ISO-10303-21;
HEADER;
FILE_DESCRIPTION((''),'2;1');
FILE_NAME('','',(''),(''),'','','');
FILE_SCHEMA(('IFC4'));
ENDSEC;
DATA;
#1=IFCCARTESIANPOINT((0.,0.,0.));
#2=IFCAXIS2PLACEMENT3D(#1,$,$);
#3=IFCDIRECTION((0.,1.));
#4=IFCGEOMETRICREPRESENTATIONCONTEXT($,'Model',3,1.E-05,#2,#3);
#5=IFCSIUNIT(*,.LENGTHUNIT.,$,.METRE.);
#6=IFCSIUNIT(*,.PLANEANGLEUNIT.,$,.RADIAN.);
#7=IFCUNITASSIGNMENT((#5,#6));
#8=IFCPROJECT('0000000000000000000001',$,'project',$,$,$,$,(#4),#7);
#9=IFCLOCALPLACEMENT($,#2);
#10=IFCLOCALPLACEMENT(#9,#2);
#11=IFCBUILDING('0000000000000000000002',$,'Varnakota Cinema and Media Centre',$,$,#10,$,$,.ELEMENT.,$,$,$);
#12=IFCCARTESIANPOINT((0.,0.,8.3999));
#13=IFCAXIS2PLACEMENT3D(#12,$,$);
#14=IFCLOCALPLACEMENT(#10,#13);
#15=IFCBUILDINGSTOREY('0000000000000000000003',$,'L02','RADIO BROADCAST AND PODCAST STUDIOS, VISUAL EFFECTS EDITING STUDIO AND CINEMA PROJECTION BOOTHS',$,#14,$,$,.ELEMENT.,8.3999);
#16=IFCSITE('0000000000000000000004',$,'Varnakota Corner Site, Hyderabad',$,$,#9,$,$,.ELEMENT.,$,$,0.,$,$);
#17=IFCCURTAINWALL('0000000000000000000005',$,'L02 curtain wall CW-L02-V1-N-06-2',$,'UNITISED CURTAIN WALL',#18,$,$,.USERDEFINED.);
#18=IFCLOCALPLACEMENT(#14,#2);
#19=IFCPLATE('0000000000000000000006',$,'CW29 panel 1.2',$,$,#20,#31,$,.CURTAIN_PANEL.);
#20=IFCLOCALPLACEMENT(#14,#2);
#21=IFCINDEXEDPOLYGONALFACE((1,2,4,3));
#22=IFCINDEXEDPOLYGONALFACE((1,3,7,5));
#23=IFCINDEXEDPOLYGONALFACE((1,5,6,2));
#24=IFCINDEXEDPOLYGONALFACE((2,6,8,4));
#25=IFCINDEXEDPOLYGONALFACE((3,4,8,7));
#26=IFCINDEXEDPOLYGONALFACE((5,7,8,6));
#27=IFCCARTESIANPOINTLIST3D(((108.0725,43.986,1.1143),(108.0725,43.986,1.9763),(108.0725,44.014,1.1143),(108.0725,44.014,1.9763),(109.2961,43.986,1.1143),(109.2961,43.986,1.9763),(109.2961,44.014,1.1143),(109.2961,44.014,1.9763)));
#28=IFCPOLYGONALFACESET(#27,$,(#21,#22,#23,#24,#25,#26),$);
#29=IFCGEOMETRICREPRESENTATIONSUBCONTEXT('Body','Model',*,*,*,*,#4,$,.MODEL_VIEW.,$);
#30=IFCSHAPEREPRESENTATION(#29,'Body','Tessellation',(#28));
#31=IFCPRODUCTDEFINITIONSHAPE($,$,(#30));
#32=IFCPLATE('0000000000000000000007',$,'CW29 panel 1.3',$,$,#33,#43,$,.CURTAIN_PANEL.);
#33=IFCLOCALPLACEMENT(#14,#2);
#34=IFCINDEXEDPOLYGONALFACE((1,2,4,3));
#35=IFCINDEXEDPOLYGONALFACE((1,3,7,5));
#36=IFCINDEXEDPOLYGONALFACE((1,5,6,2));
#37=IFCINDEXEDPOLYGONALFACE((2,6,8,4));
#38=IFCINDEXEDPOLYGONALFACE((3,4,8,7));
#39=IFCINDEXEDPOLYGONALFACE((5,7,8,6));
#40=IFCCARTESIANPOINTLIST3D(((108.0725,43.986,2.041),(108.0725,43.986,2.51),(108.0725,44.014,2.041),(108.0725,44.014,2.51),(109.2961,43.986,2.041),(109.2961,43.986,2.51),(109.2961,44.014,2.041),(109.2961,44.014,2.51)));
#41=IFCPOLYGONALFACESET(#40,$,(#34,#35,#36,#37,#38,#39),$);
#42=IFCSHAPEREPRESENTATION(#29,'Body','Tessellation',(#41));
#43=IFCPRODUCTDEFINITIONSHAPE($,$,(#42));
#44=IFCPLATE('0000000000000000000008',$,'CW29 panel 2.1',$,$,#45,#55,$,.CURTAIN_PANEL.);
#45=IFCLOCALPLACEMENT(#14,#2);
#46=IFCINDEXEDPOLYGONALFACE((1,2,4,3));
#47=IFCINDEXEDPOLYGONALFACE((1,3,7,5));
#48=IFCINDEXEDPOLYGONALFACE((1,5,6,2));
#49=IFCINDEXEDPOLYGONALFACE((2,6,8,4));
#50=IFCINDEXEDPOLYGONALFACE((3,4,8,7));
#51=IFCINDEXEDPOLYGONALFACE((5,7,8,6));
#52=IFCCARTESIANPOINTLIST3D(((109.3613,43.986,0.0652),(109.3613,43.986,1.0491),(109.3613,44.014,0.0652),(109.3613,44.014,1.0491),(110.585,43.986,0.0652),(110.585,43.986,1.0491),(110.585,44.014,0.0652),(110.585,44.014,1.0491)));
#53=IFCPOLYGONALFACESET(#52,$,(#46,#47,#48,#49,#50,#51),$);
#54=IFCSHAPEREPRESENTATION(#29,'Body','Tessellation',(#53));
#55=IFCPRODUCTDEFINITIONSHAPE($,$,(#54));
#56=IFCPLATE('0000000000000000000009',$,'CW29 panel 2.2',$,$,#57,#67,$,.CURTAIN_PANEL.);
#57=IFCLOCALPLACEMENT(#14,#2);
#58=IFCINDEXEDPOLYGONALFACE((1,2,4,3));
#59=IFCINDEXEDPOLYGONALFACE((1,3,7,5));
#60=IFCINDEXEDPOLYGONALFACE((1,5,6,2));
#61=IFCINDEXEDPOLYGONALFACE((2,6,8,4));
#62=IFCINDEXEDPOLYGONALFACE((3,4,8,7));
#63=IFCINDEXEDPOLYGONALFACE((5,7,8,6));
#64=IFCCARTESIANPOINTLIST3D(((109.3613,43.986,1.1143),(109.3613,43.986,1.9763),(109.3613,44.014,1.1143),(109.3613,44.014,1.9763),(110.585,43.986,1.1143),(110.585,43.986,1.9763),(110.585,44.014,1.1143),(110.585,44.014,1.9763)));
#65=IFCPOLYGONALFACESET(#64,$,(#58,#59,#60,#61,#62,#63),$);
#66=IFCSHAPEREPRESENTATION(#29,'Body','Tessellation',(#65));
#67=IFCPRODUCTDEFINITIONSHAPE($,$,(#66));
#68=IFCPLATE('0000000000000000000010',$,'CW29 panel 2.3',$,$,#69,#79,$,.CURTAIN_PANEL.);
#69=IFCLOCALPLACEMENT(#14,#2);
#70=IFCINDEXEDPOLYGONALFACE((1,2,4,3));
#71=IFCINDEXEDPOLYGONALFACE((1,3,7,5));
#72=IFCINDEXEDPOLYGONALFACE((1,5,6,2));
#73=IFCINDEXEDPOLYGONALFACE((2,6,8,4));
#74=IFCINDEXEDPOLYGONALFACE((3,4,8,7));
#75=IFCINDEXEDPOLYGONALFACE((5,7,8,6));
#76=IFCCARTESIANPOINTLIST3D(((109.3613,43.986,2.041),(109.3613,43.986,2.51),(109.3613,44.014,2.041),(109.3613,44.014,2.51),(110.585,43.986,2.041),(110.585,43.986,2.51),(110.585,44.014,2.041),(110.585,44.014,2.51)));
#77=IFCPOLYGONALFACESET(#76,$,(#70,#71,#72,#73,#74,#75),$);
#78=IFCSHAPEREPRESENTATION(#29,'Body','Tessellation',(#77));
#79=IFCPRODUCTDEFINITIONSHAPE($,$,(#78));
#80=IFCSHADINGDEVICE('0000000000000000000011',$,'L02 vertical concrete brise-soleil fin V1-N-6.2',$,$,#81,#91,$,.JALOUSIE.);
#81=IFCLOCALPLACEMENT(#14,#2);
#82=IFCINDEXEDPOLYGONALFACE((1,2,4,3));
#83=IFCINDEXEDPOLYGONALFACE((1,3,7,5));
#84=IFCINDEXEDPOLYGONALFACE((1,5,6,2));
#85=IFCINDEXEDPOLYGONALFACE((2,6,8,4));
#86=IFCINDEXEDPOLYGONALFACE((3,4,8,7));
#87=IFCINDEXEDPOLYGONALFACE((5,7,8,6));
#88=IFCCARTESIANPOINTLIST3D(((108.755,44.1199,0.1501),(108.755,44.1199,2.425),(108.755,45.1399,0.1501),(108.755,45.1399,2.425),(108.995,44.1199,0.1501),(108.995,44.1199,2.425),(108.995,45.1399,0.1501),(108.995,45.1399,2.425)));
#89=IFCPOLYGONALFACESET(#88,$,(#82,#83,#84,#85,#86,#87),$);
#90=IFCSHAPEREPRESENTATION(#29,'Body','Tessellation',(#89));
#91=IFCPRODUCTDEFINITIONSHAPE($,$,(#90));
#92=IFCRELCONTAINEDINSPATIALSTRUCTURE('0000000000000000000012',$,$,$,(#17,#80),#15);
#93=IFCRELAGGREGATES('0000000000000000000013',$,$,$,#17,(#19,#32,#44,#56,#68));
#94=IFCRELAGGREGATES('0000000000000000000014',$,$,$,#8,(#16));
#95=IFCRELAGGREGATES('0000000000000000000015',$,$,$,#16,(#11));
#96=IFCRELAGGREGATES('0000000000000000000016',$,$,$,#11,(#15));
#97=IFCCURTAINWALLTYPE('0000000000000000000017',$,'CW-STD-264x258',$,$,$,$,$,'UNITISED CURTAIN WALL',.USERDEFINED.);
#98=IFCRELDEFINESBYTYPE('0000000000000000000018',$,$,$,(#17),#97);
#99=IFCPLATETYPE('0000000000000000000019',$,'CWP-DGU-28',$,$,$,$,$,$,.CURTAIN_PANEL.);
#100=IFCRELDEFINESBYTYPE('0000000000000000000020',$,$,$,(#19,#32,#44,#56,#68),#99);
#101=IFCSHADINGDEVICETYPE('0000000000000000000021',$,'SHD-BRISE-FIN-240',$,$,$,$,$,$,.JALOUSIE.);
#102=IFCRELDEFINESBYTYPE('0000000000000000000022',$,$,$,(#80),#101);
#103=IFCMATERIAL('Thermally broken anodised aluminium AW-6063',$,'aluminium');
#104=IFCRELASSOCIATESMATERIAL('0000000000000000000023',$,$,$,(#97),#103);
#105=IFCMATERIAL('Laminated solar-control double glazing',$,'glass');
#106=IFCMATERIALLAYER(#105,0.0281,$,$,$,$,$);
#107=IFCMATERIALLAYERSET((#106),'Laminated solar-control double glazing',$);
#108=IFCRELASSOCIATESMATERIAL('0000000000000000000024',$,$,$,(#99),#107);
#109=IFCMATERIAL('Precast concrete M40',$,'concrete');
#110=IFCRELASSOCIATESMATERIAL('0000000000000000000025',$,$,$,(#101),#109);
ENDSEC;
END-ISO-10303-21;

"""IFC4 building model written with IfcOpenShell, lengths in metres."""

from ifc_helpers import new_model, si_unit, direction, frame, origin, origin_2d, place, context, subcontext, project, spatial, rectangle, extrude, material, layer, layer_set, type_object, element, aggregate, save


model = new_model("IFC4")

# Units and contexts
model_context = context("Model", 3, precision=1e-05, world=origin(), true_north=direction((0.0, 1.0)))
body_context = subcontext(model_context, "Body", "Model", "MODEL_VIEW")
ifc_project = project(units=[si_unit("LENGTHUNIT", "METRE"), si_unit("PLANEANGLEUNIT", "RADIAN")], contexts=[model_context])

# Site, building, storey
site_placement = place(None, origin())
site = spatial("IfcSite", under=ifc_project, at=site_placement, Name="Varnakota Corner Site, Hyderabad", CompositionType="ELEMENT", RefElevation=0.0)
building_placement = place(site_placement, origin())
building = spatial("IfcBuilding", under=site, at=building_placement, Name="Varnakota Cinema and Media Centre", CompositionType="ELEMENT")
storey_placement = place(building_placement, frame((0.0, 0.0, 8.3999)))
storey = spatial("IfcBuildingStorey", under=building, at=storey_placement, Name="L02", Description="RADIO BROADCAST AND PODCAST STUDIOS, VISUAL EFFECTS EDITING STUDIO AND CINEMA PROJECTION BOOTHS", CompositionType="ELEMENT", Elevation=8.3999)

# Shared definitions
ifc_material_1 = material(Name="Thermally broken anodised aluminium AW-6063", Category="aluminium")
curtain_wall_type = type_object("IfcCurtainWallType", Name="CW-STD-264x258", ElementType="UNITISED CURTAIN WALL", PredefinedType="USERDEFINED", material=ifc_material_1)

# Curtain wall
curtain_wall_1_placement = place(storey_placement, origin())
curtain_wall_1 = element("IfcCurtainWall", 1, at=curtain_wall_1_placement, inside=storey, type_object=curtain_wall_type, Name="L02 curtain wall CW-L02-V1-N-06-2", ObjectType="UNITISED CURTAIN WALL", PredefinedType="USERDEFINED")

# Plates
ifc_material_2 = material(Name="Laminated solar-control double glazing", Category="glass")
ifc_layer = layer(ifc_material_2, 0.0281)
ifc_layer_set = layer_set([ifc_layer], Name="Laminated solar-control double glazing")
plate_type = type_object("IfcPlateType", Name="CWP-DGU-28", PredefinedType="CURTAIN_PANEL", material=ifc_layer_set)
plate_1_placement = place(storey_placement, frame((108.6843, 44.0, 1.1143), z_axis=(0.0, 0.0, 1.0), x_axis=(1.0, 0.0, 0.0)))
plate_1 = element("IfcPlate", 2, at=plate_1_placement, type_object=plate_type, Name="CW29 panel 1.2", PredefinedType="CURTAIN_PANEL", context=body_context, shape_type="SweptSolid", body=[
    extrude(rectangle(XDim=1.2236, YDim=0.0281, at=origin_2d()), origin(), (0.0, 0.0, 1.0), 0.8621),
])
plate_2_placement = place(storey_placement, frame((108.6843, 44.0, 2.041), z_axis=(0.0, 0.0, 1.0), x_axis=(1.0, 0.0, 0.0)))
plate_2 = element("IfcPlate", 3, at=plate_2_placement, type_object=plate_type, Name="CW29 panel 1.3", PredefinedType="CURTAIN_PANEL", context=body_context, shape_type="SweptSolid", body=[
    extrude(rectangle(XDim=1.2236, YDim=0.0281, at=origin_2d()), origin(), (0.0, 0.0, 1.0), 0.469),
])
plate_3_placement = place(storey_placement, frame((109.9731, 44.0, 0.0652), z_axis=(0.0, 0.0, 1.0), x_axis=(1.0, 0.0, 0.0)))
plate_3 = element("IfcPlate", 4, at=plate_3_placement, type_object=plate_type, Name="CW29 panel 2.1", PredefinedType="CURTAIN_PANEL", context=body_context, shape_type="SweptSolid", body=[
    extrude(rectangle(XDim=1.2236, YDim=0.0281, at=origin_2d()), origin(), (0.0, 0.0, 1.0), 0.9839),
])
plate_4_placement = place(storey_placement, frame((109.9731, 44.0, 1.1143), z_axis=(0.0, 0.0, 1.0), x_axis=(1.0, 0.0, 0.0)))
plate_4 = element("IfcPlate", 5, at=plate_4_placement, type_object=plate_type, Name="CW29 panel 2.2", PredefinedType="CURTAIN_PANEL", context=body_context, shape_type="SweptSolid", body=[
    extrude(rectangle(XDim=1.2236, YDim=0.0281, at=origin_2d()), origin(), (0.0, 0.0, 1.0), 0.8621),
])
plate_5_placement = place(storey_placement, frame((109.9731, 44.0, 2.041), z_axis=(0.0, 0.0, 1.0), x_axis=(1.0, 0.0, 0.0)))
plate_5 = element("IfcPlate", 6, at=plate_5_placement, type_object=plate_type, Name="CW29 panel 2.3", PredefinedType="CURTAIN_PANEL", context=body_context, shape_type="SweptSolid", body=[
    extrude(rectangle(XDim=1.2236, YDim=0.0281, at=origin_2d()), origin(), (0.0, 0.0, 1.0), 0.469),
])
aggregate(curtain_wall_1, [plate_1, plate_2, plate_3, plate_4, plate_5])

# Shading device
ifc_material_3 = material(Name="Precast concrete M40", Category="concrete")
shading_device_type = type_object("IfcShadingDeviceType", Name="SHD-BRISE-FIN-240", PredefinedType="JALOUSIE", material=ifc_material_3)
shading_device_placement = place(storey_placement, frame((108.875, 44.6299, 0.1501), z_axis=(0.0, 0.0, 1.0), x_axis=(1.0, 0.0, 0.0)))
element("IfcShadingDevice", 7, at=shading_device_placement, inside=storey, type_object=shading_device_type, Name="L02 vertical concrete brise-soleil fin V1-N-6.2", PredefinedType="JALOUSIE", context=body_context, shape_type="SweptSolid", body=[
    extrude(rectangle(XDim=0.24, YDim=1.02, at=origin_2d()), origin(), (0.0, 0.0, 1.0), 2.2749),
])

save(model, "model.ifc")
